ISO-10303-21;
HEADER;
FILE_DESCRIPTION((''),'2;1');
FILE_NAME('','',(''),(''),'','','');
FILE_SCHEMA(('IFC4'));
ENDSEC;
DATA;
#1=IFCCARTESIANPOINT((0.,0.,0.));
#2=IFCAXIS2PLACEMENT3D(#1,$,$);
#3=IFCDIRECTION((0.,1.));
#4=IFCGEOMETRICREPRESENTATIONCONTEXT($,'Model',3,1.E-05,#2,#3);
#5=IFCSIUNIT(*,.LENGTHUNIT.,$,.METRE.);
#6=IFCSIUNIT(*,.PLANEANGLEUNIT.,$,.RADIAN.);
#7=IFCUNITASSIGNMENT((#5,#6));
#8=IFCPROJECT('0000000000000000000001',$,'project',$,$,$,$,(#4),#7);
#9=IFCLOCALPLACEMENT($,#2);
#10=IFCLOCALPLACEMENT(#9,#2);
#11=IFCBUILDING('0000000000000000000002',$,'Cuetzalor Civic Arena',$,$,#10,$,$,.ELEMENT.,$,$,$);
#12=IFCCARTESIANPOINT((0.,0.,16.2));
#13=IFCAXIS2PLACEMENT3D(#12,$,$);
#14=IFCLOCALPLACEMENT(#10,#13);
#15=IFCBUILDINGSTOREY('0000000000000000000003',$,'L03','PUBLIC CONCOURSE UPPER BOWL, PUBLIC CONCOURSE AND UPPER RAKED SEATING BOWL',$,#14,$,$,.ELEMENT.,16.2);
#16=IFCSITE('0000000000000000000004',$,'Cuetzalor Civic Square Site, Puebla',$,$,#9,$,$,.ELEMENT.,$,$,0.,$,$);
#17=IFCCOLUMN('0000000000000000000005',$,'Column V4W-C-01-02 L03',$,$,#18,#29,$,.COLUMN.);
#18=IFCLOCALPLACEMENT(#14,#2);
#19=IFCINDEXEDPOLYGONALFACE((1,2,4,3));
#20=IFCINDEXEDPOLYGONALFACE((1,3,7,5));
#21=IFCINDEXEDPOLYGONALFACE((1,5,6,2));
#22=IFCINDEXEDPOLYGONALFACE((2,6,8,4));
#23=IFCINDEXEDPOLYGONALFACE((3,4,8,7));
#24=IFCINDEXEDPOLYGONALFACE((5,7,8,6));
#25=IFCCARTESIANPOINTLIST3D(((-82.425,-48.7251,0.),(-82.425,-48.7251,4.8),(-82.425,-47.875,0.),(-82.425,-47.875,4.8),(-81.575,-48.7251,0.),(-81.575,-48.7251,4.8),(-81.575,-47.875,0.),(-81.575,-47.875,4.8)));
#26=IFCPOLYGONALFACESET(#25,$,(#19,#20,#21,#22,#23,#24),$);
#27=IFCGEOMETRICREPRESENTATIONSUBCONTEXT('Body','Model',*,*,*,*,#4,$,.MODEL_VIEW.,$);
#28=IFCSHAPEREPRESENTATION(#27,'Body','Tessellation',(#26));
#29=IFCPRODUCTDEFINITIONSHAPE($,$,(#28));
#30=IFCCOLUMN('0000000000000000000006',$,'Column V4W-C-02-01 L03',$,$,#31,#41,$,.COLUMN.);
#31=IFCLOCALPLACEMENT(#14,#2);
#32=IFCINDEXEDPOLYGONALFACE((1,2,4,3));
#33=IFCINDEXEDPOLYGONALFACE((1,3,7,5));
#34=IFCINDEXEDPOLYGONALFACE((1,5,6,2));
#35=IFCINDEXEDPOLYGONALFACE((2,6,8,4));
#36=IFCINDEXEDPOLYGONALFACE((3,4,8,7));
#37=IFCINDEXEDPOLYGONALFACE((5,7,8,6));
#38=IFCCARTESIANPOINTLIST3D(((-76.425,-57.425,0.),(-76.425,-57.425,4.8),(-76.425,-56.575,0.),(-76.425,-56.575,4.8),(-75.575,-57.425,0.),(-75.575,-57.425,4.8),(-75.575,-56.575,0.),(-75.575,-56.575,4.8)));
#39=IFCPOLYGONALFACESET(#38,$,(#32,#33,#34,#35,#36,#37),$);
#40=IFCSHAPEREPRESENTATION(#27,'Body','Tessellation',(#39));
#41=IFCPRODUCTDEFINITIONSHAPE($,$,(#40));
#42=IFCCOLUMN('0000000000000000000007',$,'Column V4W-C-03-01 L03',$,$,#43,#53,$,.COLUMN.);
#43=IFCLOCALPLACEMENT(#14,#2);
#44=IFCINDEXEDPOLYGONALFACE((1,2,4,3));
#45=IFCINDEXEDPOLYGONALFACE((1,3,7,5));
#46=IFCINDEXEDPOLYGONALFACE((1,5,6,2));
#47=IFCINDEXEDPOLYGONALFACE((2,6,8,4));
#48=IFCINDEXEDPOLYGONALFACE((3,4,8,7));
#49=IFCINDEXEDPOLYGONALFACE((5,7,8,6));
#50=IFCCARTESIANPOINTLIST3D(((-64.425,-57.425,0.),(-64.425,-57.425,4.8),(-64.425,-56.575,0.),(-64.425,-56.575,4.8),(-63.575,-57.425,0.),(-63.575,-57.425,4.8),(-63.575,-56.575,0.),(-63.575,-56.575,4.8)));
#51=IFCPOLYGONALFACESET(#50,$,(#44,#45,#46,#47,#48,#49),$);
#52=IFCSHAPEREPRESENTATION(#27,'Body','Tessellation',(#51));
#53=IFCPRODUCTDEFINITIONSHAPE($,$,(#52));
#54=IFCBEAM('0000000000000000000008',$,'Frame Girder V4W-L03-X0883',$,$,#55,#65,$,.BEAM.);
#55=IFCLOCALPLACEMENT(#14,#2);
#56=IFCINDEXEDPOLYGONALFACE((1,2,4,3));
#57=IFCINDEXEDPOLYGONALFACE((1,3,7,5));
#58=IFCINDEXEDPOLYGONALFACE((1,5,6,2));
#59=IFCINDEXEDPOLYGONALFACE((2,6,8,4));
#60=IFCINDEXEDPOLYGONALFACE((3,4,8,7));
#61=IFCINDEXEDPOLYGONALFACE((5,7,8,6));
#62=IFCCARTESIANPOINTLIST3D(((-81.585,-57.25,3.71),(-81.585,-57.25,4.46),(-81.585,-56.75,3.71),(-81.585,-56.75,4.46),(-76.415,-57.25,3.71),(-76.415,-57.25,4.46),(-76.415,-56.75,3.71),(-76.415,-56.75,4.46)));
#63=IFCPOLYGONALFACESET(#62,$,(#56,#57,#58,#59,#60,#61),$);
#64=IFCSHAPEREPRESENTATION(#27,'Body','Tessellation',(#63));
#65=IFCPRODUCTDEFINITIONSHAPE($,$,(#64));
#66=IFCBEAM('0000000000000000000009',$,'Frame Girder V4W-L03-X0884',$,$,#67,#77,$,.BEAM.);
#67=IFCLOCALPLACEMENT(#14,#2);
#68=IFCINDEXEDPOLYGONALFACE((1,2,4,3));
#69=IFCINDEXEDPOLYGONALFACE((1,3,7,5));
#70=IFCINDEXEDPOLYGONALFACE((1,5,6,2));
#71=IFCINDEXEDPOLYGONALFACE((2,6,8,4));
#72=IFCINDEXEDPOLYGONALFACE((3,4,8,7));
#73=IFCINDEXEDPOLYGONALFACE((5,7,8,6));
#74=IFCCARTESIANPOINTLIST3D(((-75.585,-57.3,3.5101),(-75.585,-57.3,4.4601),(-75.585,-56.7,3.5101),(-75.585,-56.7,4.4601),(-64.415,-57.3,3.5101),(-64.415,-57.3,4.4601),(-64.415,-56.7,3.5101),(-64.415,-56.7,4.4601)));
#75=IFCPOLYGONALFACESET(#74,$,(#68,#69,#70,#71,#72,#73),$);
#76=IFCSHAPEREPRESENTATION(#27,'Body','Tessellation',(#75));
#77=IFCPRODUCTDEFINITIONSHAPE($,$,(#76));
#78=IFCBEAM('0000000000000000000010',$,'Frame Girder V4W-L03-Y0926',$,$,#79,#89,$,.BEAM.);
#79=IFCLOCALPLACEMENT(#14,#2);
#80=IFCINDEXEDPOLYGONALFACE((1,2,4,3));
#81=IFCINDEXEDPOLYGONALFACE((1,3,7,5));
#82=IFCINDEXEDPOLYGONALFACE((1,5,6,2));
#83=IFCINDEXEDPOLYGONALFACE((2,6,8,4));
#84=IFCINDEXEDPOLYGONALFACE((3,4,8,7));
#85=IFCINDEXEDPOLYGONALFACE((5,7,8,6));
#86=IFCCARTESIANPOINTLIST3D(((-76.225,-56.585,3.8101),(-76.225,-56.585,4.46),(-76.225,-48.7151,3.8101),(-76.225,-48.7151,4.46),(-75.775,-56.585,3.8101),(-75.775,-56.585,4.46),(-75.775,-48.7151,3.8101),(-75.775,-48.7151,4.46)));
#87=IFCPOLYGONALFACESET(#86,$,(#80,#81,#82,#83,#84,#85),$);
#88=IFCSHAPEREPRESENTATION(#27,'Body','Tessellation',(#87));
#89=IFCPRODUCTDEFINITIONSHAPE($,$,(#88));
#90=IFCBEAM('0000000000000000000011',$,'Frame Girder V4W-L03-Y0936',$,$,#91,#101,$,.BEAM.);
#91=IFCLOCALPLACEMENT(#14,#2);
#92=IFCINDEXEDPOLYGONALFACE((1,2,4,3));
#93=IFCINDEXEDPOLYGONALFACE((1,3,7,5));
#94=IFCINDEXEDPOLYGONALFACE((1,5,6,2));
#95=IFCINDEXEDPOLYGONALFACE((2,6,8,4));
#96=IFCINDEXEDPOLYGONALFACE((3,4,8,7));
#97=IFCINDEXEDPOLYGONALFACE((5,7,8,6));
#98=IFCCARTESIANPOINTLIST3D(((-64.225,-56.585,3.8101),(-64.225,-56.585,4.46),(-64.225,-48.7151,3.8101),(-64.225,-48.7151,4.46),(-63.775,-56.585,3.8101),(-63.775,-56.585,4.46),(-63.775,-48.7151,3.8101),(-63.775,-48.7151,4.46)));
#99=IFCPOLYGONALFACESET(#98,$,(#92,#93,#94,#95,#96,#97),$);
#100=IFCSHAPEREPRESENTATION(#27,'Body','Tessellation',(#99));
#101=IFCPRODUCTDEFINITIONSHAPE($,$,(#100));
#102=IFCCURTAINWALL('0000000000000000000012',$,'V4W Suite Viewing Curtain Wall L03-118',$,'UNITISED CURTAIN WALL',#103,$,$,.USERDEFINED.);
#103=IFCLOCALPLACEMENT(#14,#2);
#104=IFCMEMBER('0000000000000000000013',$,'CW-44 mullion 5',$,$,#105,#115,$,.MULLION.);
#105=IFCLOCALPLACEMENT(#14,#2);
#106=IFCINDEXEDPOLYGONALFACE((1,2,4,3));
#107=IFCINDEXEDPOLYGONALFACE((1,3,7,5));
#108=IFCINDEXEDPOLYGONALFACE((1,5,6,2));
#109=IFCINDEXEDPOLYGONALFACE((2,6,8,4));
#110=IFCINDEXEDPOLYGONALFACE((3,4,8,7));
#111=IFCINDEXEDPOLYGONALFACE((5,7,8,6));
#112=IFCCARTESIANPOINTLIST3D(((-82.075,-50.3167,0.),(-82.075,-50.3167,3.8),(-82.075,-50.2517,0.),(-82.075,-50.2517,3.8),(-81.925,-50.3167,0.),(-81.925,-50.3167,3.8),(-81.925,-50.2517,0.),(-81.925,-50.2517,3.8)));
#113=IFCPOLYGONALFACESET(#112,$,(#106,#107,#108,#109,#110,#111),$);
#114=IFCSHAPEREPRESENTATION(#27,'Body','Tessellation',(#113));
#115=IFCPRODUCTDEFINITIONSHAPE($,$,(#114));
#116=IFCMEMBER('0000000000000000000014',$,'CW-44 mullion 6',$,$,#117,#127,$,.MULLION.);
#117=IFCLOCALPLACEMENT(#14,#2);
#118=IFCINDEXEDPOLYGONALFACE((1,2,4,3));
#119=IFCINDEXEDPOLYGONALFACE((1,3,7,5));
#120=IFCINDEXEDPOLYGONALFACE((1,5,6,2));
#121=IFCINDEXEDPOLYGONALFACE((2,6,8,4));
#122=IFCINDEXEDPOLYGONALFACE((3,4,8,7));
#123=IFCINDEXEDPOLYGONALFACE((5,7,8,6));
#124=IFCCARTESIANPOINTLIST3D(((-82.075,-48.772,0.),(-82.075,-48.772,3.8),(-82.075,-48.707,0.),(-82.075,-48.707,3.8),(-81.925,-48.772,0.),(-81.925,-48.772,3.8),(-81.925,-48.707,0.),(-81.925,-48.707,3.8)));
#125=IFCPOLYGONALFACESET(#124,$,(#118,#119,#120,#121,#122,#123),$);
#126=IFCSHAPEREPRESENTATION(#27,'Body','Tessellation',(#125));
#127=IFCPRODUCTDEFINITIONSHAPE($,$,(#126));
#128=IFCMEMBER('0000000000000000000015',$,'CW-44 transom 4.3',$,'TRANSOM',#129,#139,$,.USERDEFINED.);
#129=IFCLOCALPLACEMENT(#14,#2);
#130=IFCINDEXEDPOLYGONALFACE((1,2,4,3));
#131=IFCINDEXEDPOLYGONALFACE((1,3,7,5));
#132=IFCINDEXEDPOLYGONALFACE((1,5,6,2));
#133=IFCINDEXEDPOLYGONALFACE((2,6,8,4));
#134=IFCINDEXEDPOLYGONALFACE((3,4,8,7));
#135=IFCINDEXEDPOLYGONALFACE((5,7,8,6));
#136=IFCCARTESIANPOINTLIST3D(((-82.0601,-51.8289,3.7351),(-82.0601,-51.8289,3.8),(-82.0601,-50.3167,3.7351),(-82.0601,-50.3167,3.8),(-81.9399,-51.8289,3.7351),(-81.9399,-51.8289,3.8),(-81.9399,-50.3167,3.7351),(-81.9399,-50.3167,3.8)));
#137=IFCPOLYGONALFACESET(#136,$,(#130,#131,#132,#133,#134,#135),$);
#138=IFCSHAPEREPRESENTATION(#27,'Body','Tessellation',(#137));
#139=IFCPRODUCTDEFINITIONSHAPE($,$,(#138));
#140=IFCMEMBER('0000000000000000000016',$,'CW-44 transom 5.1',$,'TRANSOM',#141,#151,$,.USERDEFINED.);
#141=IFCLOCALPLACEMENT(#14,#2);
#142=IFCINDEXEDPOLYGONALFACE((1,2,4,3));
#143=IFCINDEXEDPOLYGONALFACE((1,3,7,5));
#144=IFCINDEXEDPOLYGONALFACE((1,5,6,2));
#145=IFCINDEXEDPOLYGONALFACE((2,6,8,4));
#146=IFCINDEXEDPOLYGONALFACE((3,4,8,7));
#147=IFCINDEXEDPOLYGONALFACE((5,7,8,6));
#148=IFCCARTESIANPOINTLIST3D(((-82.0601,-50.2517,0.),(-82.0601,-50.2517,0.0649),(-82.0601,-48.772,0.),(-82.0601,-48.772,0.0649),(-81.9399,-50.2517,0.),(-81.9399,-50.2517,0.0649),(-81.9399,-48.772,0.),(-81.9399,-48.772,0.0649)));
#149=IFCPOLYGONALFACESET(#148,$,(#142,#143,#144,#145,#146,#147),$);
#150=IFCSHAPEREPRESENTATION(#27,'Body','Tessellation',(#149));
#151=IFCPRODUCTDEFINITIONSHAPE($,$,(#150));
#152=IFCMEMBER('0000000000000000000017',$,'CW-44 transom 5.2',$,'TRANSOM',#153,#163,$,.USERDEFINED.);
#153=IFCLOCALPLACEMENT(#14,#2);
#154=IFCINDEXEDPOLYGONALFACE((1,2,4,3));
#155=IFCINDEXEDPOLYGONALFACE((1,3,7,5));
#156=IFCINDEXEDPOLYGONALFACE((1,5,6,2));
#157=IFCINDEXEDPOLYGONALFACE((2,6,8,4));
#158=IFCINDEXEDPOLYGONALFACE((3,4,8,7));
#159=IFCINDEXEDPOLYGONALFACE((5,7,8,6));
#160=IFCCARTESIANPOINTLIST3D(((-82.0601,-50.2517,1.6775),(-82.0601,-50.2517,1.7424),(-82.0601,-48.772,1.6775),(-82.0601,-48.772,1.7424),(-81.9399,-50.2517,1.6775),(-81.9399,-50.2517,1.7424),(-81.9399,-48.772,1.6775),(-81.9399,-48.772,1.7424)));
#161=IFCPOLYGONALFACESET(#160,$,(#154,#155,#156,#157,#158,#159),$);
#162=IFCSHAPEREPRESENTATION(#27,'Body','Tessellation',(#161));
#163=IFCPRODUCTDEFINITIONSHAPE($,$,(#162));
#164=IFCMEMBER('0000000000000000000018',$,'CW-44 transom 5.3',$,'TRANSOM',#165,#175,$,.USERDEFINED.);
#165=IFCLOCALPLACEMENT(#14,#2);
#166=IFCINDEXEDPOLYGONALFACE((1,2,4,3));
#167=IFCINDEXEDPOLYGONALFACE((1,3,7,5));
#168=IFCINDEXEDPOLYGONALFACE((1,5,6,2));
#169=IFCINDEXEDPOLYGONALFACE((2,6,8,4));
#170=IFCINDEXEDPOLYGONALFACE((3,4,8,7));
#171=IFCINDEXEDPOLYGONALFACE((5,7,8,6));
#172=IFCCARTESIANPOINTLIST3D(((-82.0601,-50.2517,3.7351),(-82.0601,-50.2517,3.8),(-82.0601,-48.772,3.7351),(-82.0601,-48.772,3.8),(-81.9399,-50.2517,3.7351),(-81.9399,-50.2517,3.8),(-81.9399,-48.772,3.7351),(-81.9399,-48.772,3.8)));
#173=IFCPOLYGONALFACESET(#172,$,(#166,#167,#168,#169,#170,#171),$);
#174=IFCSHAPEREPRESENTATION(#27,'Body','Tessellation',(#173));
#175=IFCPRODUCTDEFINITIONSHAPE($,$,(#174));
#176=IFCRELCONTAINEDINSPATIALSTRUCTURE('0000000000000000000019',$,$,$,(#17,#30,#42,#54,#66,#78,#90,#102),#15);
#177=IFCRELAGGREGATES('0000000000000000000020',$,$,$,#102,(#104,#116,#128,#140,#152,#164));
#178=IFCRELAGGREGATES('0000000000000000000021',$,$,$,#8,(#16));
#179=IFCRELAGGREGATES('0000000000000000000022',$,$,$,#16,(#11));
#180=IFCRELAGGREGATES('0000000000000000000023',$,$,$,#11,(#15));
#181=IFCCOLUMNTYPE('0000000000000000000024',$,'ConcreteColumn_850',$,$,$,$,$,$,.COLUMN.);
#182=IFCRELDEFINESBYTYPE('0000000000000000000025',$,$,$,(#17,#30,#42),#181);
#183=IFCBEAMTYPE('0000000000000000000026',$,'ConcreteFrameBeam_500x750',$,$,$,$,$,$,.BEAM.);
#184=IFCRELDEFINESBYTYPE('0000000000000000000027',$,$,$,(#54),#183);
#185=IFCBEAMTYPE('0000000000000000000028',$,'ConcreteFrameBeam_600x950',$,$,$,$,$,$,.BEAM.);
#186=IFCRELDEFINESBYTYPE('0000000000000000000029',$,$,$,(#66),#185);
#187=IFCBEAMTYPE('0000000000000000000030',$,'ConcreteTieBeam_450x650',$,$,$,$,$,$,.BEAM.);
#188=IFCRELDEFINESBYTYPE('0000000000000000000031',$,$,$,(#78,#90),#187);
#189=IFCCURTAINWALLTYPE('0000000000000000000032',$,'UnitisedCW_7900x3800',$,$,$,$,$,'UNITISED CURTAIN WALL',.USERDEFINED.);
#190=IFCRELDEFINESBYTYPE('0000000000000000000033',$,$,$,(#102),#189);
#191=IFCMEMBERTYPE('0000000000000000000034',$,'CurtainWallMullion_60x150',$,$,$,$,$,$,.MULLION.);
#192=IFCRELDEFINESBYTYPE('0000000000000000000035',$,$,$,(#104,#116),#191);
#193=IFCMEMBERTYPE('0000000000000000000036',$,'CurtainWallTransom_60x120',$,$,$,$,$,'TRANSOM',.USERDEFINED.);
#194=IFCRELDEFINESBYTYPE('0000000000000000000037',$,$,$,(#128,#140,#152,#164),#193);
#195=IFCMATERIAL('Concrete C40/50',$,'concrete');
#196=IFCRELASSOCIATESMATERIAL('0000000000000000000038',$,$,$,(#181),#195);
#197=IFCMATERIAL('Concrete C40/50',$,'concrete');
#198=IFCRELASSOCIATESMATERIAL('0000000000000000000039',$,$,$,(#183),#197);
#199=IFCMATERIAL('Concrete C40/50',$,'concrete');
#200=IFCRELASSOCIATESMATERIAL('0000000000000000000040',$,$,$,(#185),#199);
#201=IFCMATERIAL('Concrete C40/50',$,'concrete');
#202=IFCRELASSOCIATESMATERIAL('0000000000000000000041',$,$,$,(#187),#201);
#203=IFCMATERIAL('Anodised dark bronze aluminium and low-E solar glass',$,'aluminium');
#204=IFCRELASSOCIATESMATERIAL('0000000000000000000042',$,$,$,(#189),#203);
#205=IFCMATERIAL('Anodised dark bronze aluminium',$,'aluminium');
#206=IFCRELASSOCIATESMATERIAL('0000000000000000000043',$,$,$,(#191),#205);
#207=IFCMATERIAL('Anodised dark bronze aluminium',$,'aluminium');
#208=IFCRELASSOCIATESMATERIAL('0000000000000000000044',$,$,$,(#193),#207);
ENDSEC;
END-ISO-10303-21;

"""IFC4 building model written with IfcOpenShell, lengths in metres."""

from ifc_helpers import new_model, si_unit, direction, frame, origin, origin_2d, place, context, subcontext, project, spatial, rectangle, extrude, material, material_profile, profile_set, type_object, element, aggregate, save


model = new_model("IFC4")

# Units and contexts
model_context = context("Model", 3, precision=1e-05, world=origin(), true_north=direction((0.0, 1.0)))
body_context = subcontext(model_context, "Body", "Model", "MODEL_VIEW")
ifc_project = project(units=[si_unit("LENGTHUNIT", "METRE"), si_unit("PLANEANGLEUNIT", "RADIAN")], contexts=[model_context])

# Site, building, storey
site_placement = place(None, origin())
site = spatial("IfcSite", under=ifc_project, at=site_placement, Name="Cuetzalor Civic Square Site, Puebla", CompositionType="ELEMENT", RefElevation=0.0)
building_placement = place(site_placement, origin())
building = spatial("IfcBuilding", under=site, at=building_placement, Name="Cuetzalor Civic Arena", CompositionType="ELEMENT")
storey_placement = place(building_placement, frame((0.0, 0.0, 16.2)))
storey = spatial("IfcBuildingStorey", under=building, at=storey_placement, Name="L03", Description="PUBLIC CONCOURSE UPPER BOWL, PUBLIC CONCOURSE AND UPPER RAKED SEATING BOWL", CompositionType="ELEMENT", Elevation=16.2)

# Columns
ifc_material_1 = material(Name="Concrete C40/50", Category="concrete")
ifc_material_profile_1 = material_profile(ifc_material_1, rectangle(XDim=0.8501, YDim=0.8501, at=origin_2d()), Name="RC 850x850")
ifc_profile_set_1 = profile_set([ifc_material_profile_1], Name="Concrete C40/50")
column_type = type_object("IfcColumnType", Name="ConcreteColumn_850", PredefinedType="COLUMN", material=ifc_profile_set_1)
for number, where, z_axis, x_axis, name in (
    (1, (-82.0, -48.3, 0.0), (0.0, 0.0, 1.0), (1.0, 0.0, 0.0), "Column V4W-C-01-02 L03"),
    (2, (-76.0, -57.0, 0.0), (0.0, 0.0, 1.0), (1.0, 0.0, 0.0), "Column V4W-C-02-01 L03"),
    (3, (-64.0, -57.0, 0.0), (0.0, 0.0, 1.0), (1.0, 0.0, 0.0), "Column V4W-C-03-01 L03"),
):
    element("IfcColumn", number, at=place(storey_placement, frame(where, z_axis=z_axis, x_axis=x_axis)), inside=storey, type_object=column_type, Name=name, PredefinedType="COLUMN", context=body_context, shape_type="SweptSolid", body=[
        extrude(rectangle(XDim=0.8501, YDim=0.8501, at=origin_2d()), origin(), (0.0, 0.0, 1.0), 4.8),
    ])

# Beams
ifc_material_2 = material(Name="Concrete C40/50", Category="concrete")
ifc_material_profile_2 = material_profile(ifc_material_2, rectangle(XDim=0.5, YDim=0.75, at=origin_2d()), Name="RC 500x750")
ifc_profile_set_2 = profile_set([ifc_material_profile_2], Name="Concrete C40/50")
beam_type_1 = type_object("IfcBeamType", Name="ConcreteFrameBeam_500x750", PredefinedType="BEAM", material=ifc_profile_set_2)
beam_1_placement = place(storey_placement, frame((-81.585, -57.0, 4.085), z_axis=(1.0, 0.0, 0.0), x_axis=(0.0, 1.0, 0.0)))
element("IfcBeam", 4, at=beam_1_placement, inside=storey, type_object=beam_type_1, Name="Frame Girder V4W-L03-X0883", PredefinedType="BEAM", context=body_context, shape_type="SweptSolid", body=[
    extrude(rectangle(XDim=0.5, YDim=0.75, at=origin_2d()), origin(), (0.0, 0.0, 1.0), 5.1699),
])
ifc_material_3 = material(Name="Concrete C40/50", Category="concrete")
ifc_material_profile_3 = material_profile(ifc_material_3, rectangle(XDim=0.6001, YDim=0.95, at=origin_2d()), Name="RC 600x950")
ifc_profile_set_3 = profile_set([ifc_material_profile_3], Name="Concrete C40/50")
beam_type_2 = type_object("IfcBeamType", Name="ConcreteFrameBeam_600x950", PredefinedType="BEAM", material=ifc_profile_set_3)
beam_2_placement = place(storey_placement, frame((-75.585, -57.0, 3.9851), z_axis=(1.0, 0.0, 0.0), x_axis=(0.0, 1.0, 0.0)))
element("IfcBeam", 5, at=beam_2_placement, inside=storey, type_object=beam_type_2, Name="Frame Girder V4W-L03-X0884", PredefinedType="BEAM", context=body_context, shape_type="SweptSolid", body=[
    extrude(rectangle(XDim=0.6001, YDim=0.95, at=origin_2d()), origin(), (0.0, 0.0, 1.0), 11.1699),
])
ifc_material_4 = material(Name="Concrete C40/50", Category="concrete")
ifc_material_profile_4 = material_profile(ifc_material_4, rectangle(XDim=0.45, YDim=0.6499, at=origin_2d()), Name="RC 450x650")
ifc_profile_set_4 = profile_set([ifc_material_profile_4], Name="Concrete C40/50")
beam_type_3 = type_object("IfcBeamType", Name="ConcreteTieBeam_450x650", PredefinedType="BEAM", material=ifc_profile_set_4)
for number, where, z_axis, x_axis, name in (
    (6, (-76.0, -56.585, 4.135), (0.0, 1.0, 0.0), (-1.0, 0.0, 0.0), "Frame Girder V4W-L03-Y0926"),
    (7, (-64.0, -56.585, 4.135), (0.0, 1.0, 0.0), (-1.0, 0.0, 0.0), "Frame Girder V4W-L03-Y0936"),
):
    element("IfcBeam", number, at=place(storey_placement, frame(where, z_axis=z_axis, x_axis=x_axis)), inside=storey, type_object=beam_type_3, Name=name, PredefinedType="BEAM", context=body_context, shape_type="SweptSolid", body=[
        extrude(rectangle(XDim=0.45, YDim=0.6499, at=origin_2d()), origin(), (0.0, 0.0, 1.0), 7.8699),
    ])

# Curtain wall, members
ifc_material_5 = material(Name="Anodised dark bronze aluminium and low-E solar glass", Category="aluminium")
curtain_wall_type = type_object("IfcCurtainWallType", Name="UnitisedCW_7900x3800", ElementType="UNITISED CURTAIN WALL", PredefinedType="USERDEFINED", material=ifc_material_5)
curtain_wall_placement = place(storey_placement, origin())
curtain_wall = element("IfcCurtainWall", 8, at=curtain_wall_placement, inside=storey, type_object=curtain_wall_type, Name="V4W Suite Viewing Curtain Wall L03-118", ObjectType="UNITISED CURTAIN WALL", PredefinedType="USERDEFINED")
ifc_material_6 = material(Name="Anodised dark bronze aluminium", Category="aluminium")
ifc_material_profile_5 = material_profile(ifc_material_6, rectangle(XDim=0.0649, YDim=0.1499, at=origin_2d()), Name="ALU MULLION 65x150")
ifc_profile_set_5 = profile_set([ifc_material_profile_5], Name="Anodised dark bronze aluminium")
member_type_1 = type_object("IfcMemberType", Name="CurtainWallMullion_60x150", PredefinedType="MULLION", material=ifc_profile_set_5)
member_1_placement = place(storey_placement, frame((-82.0, -50.2842, 0.0), z_axis=(0.0, 0.0, 1.0), x_axis=(0.0, 1.0, 0.0)))
member_1 = element("IfcMember", 9, at=member_1_placement, type_object=member_type_1, Name="CW-44 mullion 5", PredefinedType="MULLION", context=body_context, shape_type="SweptSolid", body=[
    extrude(rectangle(XDim=0.0649, YDim=0.1499, at=origin_2d()), origin(), (0.0, 0.0, 1.0), 3.8),
])
member_2_placement = place(storey_placement, frame((-82.0, -48.7395, 0.0), z_axis=(0.0, 0.0, 1.0), x_axis=(0.0, 1.0, 0.0)))
member_2 = element("IfcMember", 10, at=member_2_placement, type_object=member_type_1, Name="CW-44 mullion 6", PredefinedType="MULLION", context=body_context, shape_type="SweptSolid", body=[
    extrude(rectangle(XDim=0.0649, YDim=0.1499, at=origin_2d()), origin(), (0.0, 0.0, 1.0), 3.8),
])
ifc_material_7 = material(Name="Anodised dark bronze aluminium", Category="aluminium")
ifc_material_profile_6 = material_profile(ifc_material_7, rectangle(XDim=0.1201, YDim=0.0649, at=origin_2d()), Name="ALU TRANSOM 65x120")
ifc_profile_set_6 = profile_set([ifc_material_profile_6], Name="Anodised dark bronze aluminium")
member_type_2 = type_object("IfcMemberType", Name="CurtainWallTransom_60x120", ElementType="TRANSOM", PredefinedType="USERDEFINED", material=ifc_profile_set_6)
member_3_placement = place(storey_placement, frame((-82.0, -51.8289, 3.7676), z_axis=(0.0, 1.0, 0.0), x_axis=(-1.0, 0.0, 0.0)))
member_3 = element("IfcMember", 11, at=member_3_placement, type_object=member_type_2, Name="CW-44 transom 4.3", ObjectType="TRANSOM", PredefinedType="USERDEFINED", context=body_context, shape_type="SweptSolid", body=[
    extrude(rectangle(XDim=0.1201, YDim=0.0649, at=origin_2d()), origin(), (0.0, 0.0, 1.0), 1.5122),
])
member_4_placement = place(storey_placement, frame((-82.0, -50.2517, 0.0325), z_axis=(0.0, 1.0, 0.0), x_axis=(-1.0, 0.0, 0.0)))
member_4 = element("IfcMember", 12, at=member_4_placement, type_object=member_type_2, Name="CW-44 transom 5.1", ObjectType="TRANSOM", PredefinedType="USERDEFINED", context=body_context, shape_type="SweptSolid", body=[
    extrude(rectangle(XDim=0.1201, YDim=0.0649, at=origin_2d()), origin(), (0.0, 0.0, 1.0), 1.4797),
])
member_5_placement = place(storey_placement, frame((-82.0, -50.2517, 1.71), z_axis=(0.0, 1.0, 0.0), x_axis=(-1.0, 0.0, 0.0)))
member_5 = element("IfcMember", 13, at=member_5_placement, type_object=member_type_2, Name="CW-44 transom 5.2", ObjectType="TRANSOM", PredefinedType="USERDEFINED", context=body_context, shape_type="SweptSolid", body=[
    extrude(rectangle(XDim=0.1201, YDim=0.0649, at=origin_2d()), origin(), (0.0, 0.0, 1.0), 1.4797),
])
member_6_placement = place(storey_placement, frame((-82.0, -50.2517, 3.7676), z_axis=(0.0, 1.0, 0.0), x_axis=(-1.0, 0.0, 0.0)))
member_6 = element("IfcMember", 14, at=member_6_placement, type_object=member_type_2, Name="CW-44 transom 5.3", ObjectType="TRANSOM", PredefinedType="USERDEFINED", context=body_context, shape_type="SweptSolid", body=[
    extrude(rectangle(XDim=0.1201, YDim=0.0649, at=origin_2d()), origin(), (0.0, 0.0, 1.0), 1.4797),
])

aggregate(curtain_wall, [member_1, member_2, member_3, member_4, member_5, member_6])

save(model, "model.ifc")
